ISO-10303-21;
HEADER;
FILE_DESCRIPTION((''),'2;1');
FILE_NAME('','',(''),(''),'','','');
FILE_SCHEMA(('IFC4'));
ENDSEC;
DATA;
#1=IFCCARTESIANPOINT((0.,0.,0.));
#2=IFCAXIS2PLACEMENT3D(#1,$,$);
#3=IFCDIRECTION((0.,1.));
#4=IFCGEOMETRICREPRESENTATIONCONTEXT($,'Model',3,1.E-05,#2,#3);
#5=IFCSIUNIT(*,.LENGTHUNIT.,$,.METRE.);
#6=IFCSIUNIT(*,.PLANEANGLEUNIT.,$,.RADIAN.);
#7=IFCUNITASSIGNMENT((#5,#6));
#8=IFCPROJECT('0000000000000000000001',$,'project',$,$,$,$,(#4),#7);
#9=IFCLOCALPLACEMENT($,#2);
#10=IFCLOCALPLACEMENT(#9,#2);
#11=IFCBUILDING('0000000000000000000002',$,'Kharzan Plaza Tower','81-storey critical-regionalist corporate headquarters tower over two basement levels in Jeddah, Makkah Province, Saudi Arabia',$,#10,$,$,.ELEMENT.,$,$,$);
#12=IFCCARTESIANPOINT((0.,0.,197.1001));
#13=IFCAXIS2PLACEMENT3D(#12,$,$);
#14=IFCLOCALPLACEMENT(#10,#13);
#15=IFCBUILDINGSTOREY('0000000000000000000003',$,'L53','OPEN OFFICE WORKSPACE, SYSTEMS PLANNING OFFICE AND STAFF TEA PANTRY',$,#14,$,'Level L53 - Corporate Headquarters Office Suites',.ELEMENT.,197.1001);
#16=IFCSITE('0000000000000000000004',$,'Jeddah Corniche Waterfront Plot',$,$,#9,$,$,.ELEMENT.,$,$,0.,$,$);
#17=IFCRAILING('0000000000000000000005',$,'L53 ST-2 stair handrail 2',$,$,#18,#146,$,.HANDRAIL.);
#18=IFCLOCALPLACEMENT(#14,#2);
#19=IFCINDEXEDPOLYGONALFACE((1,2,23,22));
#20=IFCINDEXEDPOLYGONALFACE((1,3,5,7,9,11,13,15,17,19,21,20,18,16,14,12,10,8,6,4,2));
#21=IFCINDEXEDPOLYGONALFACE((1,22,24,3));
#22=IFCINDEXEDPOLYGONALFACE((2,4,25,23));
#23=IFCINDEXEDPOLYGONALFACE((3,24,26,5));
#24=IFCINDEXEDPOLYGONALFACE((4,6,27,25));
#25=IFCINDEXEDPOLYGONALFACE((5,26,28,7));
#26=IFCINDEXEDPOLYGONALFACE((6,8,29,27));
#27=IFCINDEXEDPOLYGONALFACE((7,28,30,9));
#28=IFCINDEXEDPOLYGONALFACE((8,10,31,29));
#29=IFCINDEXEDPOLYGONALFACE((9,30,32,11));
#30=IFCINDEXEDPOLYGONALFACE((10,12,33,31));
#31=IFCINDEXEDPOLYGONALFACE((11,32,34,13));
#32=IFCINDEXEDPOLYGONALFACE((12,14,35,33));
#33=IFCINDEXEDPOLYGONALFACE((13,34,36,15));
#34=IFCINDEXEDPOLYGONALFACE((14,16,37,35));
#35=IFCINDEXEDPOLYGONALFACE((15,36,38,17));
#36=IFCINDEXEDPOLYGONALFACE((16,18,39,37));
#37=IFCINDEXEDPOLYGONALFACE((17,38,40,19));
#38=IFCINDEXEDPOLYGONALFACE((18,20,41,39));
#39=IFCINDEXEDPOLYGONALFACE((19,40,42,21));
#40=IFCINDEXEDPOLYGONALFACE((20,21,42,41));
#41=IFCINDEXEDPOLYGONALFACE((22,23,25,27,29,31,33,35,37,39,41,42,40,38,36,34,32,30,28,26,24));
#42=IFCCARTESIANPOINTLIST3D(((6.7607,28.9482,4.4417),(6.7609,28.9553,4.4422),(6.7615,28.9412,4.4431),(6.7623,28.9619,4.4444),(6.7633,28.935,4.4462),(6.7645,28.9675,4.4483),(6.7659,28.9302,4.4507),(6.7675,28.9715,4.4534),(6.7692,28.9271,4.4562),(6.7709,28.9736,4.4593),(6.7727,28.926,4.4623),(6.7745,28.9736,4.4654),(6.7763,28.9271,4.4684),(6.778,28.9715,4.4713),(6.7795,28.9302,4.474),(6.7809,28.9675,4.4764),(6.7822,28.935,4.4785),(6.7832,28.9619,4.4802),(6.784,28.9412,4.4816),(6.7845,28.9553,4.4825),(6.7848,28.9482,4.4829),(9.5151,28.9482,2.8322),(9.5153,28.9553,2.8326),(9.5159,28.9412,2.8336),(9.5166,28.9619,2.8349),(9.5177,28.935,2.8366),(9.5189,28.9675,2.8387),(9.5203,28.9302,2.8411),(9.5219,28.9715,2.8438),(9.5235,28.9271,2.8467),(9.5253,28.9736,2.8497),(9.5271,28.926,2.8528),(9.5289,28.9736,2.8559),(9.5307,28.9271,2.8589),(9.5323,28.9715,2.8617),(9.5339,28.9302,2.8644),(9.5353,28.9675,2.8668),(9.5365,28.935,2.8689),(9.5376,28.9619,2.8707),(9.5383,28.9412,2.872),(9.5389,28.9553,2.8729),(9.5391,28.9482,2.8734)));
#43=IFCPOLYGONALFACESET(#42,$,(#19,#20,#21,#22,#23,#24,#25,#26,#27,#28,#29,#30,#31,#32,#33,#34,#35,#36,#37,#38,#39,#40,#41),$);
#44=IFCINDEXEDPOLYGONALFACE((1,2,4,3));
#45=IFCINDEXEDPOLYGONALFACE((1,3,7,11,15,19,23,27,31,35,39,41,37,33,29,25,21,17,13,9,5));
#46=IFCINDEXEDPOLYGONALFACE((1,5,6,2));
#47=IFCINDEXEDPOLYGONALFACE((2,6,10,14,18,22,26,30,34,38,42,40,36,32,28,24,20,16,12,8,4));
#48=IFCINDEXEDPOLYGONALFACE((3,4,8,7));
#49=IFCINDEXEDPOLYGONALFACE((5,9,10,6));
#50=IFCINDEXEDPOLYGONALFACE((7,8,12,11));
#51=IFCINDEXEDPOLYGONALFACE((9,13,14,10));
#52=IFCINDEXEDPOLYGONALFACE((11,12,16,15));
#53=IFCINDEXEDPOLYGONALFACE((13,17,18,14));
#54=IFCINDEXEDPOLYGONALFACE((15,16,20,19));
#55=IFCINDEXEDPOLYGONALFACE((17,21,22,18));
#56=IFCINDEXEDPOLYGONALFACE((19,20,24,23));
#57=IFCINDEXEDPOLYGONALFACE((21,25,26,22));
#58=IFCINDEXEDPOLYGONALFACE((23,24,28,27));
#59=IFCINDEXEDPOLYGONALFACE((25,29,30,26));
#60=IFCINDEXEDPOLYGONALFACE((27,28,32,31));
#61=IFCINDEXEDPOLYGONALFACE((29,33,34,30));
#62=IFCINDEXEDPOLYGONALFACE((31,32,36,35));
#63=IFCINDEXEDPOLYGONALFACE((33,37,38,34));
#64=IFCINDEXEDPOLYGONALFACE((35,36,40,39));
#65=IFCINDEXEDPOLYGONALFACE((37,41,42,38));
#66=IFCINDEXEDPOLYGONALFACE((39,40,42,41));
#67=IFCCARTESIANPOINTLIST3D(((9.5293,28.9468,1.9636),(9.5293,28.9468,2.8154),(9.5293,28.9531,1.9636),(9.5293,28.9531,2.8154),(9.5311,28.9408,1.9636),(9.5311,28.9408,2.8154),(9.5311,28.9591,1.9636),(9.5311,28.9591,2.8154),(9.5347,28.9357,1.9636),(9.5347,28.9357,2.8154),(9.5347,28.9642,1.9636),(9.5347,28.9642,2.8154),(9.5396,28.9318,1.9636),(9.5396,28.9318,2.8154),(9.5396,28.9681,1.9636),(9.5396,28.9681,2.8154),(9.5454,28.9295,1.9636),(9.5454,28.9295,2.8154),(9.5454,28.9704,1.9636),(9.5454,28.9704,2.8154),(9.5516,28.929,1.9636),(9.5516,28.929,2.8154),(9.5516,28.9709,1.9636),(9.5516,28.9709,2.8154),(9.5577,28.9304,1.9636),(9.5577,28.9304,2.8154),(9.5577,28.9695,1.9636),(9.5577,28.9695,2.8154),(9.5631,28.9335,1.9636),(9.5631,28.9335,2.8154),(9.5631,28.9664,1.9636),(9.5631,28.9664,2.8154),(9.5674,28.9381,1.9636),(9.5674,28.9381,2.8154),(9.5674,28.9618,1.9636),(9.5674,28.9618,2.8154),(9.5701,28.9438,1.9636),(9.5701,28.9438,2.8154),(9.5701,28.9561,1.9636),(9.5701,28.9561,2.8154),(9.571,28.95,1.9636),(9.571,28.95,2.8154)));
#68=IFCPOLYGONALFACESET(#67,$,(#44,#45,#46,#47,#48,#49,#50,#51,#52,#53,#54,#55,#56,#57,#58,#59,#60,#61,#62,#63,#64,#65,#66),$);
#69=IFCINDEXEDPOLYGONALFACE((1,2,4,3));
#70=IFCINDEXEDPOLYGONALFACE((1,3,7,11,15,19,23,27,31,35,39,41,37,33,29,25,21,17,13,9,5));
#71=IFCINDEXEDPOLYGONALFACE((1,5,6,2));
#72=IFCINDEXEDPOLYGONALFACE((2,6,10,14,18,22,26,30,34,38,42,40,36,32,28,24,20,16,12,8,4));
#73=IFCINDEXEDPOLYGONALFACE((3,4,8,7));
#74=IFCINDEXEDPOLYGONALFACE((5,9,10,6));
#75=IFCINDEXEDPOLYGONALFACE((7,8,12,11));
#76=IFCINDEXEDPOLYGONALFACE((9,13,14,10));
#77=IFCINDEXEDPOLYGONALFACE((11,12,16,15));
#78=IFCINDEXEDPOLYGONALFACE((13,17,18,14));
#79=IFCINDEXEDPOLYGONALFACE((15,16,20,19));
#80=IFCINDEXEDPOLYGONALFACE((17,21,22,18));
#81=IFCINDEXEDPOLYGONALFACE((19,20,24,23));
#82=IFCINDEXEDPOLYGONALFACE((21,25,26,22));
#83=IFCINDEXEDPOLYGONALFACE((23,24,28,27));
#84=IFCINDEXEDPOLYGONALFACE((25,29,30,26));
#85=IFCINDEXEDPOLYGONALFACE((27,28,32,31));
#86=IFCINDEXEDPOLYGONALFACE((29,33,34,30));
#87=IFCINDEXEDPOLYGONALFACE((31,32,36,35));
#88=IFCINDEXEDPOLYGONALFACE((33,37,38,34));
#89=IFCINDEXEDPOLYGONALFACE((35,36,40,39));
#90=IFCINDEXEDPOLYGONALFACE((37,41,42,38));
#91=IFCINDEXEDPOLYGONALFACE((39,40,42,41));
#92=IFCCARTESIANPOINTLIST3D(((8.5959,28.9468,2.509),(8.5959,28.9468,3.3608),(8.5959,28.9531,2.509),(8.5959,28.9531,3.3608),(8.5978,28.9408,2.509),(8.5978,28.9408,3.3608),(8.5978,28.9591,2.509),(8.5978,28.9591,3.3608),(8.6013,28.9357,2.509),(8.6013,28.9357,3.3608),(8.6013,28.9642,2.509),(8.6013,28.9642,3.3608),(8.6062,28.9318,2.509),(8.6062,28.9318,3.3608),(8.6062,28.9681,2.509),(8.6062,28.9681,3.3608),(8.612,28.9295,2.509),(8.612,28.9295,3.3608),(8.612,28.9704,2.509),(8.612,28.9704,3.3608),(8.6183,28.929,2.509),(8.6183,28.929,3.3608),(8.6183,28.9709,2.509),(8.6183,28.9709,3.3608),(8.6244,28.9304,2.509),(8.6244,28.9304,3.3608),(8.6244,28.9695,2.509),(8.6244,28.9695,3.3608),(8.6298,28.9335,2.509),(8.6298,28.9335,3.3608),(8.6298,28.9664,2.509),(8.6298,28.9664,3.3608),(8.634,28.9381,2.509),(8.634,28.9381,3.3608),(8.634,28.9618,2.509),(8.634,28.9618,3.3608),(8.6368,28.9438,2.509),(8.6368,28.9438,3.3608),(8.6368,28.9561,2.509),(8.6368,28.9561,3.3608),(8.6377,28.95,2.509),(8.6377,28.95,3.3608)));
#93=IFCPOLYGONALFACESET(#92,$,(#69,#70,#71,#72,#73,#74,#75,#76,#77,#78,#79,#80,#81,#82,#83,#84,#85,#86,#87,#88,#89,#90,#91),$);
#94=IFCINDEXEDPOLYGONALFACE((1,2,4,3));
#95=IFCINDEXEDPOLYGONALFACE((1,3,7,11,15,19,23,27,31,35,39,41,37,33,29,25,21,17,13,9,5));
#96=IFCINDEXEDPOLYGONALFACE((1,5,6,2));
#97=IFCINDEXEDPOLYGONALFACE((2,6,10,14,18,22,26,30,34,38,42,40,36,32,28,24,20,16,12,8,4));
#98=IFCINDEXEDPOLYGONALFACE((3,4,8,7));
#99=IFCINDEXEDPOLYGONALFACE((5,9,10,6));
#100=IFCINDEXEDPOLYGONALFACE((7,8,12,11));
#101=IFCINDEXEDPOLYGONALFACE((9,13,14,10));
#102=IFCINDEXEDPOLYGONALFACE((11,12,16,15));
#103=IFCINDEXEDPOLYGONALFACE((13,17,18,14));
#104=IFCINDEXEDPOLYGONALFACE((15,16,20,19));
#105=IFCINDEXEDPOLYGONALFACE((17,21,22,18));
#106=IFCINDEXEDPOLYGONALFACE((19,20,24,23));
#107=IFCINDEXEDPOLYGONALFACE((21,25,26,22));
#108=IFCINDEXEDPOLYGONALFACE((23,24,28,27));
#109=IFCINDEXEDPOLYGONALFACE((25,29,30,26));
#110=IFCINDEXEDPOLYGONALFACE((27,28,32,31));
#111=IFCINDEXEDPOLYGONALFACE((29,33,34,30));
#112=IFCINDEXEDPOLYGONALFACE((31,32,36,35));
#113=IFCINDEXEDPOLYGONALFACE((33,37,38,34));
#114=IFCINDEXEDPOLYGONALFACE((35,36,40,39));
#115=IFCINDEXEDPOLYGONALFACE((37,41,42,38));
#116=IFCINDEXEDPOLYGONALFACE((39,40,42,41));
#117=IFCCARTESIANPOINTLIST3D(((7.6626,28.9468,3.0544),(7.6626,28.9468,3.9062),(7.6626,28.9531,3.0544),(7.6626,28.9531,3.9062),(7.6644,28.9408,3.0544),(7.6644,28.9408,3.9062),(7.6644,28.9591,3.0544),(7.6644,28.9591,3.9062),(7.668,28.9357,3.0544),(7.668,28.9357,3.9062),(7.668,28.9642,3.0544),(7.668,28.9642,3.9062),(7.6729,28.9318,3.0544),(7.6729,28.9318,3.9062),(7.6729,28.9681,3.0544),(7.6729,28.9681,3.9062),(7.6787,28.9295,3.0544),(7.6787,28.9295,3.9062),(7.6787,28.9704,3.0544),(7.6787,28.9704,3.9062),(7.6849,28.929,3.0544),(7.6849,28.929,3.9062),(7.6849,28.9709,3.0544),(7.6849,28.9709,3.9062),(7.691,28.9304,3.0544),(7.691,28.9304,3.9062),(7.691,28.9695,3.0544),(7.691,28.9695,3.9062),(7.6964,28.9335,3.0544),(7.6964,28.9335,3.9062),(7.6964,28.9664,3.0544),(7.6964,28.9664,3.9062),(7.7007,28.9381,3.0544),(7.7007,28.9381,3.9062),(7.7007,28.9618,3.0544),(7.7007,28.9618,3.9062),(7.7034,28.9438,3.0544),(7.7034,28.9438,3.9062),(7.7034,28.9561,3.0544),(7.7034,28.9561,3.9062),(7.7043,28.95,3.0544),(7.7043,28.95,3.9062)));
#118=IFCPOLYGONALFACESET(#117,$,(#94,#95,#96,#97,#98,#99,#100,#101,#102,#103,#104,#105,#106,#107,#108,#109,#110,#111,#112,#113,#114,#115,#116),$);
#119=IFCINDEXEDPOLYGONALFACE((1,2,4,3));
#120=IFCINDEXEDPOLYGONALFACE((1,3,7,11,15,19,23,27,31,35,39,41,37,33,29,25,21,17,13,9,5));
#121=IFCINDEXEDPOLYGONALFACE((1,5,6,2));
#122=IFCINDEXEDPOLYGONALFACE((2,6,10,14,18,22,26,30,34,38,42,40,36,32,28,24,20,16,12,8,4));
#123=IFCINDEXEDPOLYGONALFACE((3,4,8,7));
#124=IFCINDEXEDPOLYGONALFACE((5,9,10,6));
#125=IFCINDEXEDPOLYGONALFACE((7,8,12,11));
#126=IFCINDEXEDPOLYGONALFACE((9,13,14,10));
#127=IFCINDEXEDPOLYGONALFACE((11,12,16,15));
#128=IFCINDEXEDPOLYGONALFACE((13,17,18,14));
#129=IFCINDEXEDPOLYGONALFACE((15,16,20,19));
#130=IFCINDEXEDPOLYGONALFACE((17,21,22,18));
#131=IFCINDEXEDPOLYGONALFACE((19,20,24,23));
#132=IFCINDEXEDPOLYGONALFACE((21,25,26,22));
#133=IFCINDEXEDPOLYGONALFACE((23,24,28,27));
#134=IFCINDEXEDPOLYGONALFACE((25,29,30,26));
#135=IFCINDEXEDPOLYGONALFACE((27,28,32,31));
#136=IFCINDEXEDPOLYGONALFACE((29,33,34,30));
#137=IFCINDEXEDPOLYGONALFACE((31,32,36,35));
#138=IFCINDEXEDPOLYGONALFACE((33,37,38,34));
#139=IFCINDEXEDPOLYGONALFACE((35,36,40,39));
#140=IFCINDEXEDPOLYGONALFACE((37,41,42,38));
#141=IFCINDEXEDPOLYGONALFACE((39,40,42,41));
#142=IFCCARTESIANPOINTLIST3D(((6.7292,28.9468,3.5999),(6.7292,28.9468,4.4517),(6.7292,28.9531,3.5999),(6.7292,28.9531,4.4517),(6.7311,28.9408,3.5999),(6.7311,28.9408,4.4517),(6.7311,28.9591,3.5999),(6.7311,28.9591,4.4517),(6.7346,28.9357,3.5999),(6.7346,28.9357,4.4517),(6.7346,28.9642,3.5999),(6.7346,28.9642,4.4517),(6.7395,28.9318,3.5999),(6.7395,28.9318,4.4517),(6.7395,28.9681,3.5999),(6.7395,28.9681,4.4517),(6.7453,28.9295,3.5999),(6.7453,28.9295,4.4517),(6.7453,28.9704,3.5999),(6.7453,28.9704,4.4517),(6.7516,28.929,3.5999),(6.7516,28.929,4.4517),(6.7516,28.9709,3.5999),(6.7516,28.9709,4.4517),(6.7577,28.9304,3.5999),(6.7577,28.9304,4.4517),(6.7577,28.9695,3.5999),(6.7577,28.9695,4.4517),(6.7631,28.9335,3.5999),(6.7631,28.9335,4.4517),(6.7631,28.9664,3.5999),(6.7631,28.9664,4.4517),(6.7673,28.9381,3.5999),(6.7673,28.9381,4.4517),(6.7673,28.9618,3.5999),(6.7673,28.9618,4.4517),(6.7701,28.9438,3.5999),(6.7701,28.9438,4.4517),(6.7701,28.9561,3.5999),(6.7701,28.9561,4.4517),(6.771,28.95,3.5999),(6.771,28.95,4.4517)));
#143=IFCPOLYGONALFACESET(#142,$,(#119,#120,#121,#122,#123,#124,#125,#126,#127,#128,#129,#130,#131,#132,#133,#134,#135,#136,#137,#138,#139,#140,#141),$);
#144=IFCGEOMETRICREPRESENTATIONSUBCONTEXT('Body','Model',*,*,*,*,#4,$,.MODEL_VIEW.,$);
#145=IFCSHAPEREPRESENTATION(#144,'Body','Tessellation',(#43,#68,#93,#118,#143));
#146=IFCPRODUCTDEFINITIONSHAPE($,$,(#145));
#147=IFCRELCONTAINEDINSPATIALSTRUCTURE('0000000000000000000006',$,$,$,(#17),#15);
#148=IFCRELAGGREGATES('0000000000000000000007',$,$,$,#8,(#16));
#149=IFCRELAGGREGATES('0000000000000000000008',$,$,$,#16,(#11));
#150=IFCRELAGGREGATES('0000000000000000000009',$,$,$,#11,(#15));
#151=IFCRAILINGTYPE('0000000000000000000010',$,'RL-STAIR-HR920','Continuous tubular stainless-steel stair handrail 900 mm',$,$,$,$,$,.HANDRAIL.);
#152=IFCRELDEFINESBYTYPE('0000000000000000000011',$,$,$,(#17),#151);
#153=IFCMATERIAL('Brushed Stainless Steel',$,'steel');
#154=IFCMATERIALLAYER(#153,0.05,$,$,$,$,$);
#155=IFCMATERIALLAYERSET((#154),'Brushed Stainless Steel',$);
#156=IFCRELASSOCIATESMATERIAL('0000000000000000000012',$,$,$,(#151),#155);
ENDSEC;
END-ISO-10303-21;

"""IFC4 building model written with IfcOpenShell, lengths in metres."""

from ifc_helpers import new_model, si_unit, direction, frame, origin, origin_2d, place, context, subcontext, project, spatial, circle, extrude, source, transform, mapped, material, layer, layer_set, type_object, element, save


model = new_model("IFC4")

# Units and contexts
model_context = context("Model", 3, precision=1e-05, world=origin(), true_north=direction((0.0, 1.0)))
body_context = subcontext(model_context, "Body", "Model", "MODEL_VIEW")
ifc_project = project(units=[si_unit("LENGTHUNIT", "METRE"), si_unit("PLANEANGLEUNIT", "RADIAN")], contexts=[model_context])

# Site, building, storey
site_placement = place(None, origin())
site = spatial("IfcSite", under=ifc_project, at=site_placement, Name="Jeddah Corniche Waterfront Plot", CompositionType="ELEMENT", RefElevation=0.0)
building_placement = place(site_placement, origin())
building = spatial("IfcBuilding", under=site, at=building_placement, Name="Kharzan Plaza Tower", Description="81-storey critical-regionalist corporate headquarters tower over two basement levels in Jeddah, Makkah Province, Saudi Arabia", CompositionType="ELEMENT")
storey_placement = place(building_placement, frame((0.0, 0.0, 197.1001)))
storey = spatial("IfcBuildingStorey", under=building, at=storey_placement, Name="L53", Description="OPEN OFFICE WORKSPACE, SYSTEMS PLANNING OFFICE AND STAFF TEA PANTRY", LongName="Level L53 - Corporate Headquarters Office Suites", CompositionType="ELEMENT", Elevation=197.1001)

# Shared definitions
ifc_material_1 = material(Name="Brushed Stainless Steel", Category="steel")

# Railing
ifc_layer_1 = layer(ifc_material_1, 0.05)
ifc_layer_set_1 = layer_set([ifc_layer_1], Name="Brushed Stainless Steel")
railing_type_1 = type_object("IfcRailingType", Name="RL-STAIR-HR920", Description="Continuous tubular stainless-steel stair handrail 900 mm", PredefinedType="HANDRAIL", material=ifc_layer_set_1)
shared_shape_1 = source(origin(), body_context, "Body", "SweptSolid", [
    extrude(circle(Radius=0.0239, at=origin_2d()), frame((-0.0229, 0.0, 0.8892), z_axis=(-0.863394, 0.0, 0.504531), x_axis=(0.0, -1.0, 0.0)), (0.0, 0.0, 1.0), 3.1902),
    extrude(circle(Radius=0.021, at=origin_2d()), origin(), (0.0, 0.0, 1.0), 0.8518),
    extrude(circle(Radius=0.021, at=origin_2d()), frame((-0.9333, 0.0, 0.5454)), (0.0, 0.0, 1.0), 0.8518),
    extrude(circle(Radius=0.021, at=origin_2d()), frame((-1.8667, 0.0, 1.0908)), (0.0, 0.0, 1.0), 0.8518),
    extrude(circle(Radius=0.021, at=origin_2d()), frame((-2.8, 0.0, 1.6362)), (0.0, 0.0, 1.0), 0.8518),
])
railing_1_placement = place(storey_placement, frame((9.55, 28.95, 1.9636)))
element("IfcRailing", 1, at=railing_1_placement, inside=storey, type_object=railing_type_1, Name="L53 ST-2 stair handrail 2", PredefinedType="HANDRAIL", context=body_context, shape_type="MappedRepresentation", body=[
    mapped(shared_shape_1, transform((0.0, 0.0, 0.0), x_axis=(1.0, 0.0, 0.0), y_axis=(0.0, 1.0, 0.0), z_axis=(0.0, 0.0, 1.0))),
])

save(model, "model.ifc")
